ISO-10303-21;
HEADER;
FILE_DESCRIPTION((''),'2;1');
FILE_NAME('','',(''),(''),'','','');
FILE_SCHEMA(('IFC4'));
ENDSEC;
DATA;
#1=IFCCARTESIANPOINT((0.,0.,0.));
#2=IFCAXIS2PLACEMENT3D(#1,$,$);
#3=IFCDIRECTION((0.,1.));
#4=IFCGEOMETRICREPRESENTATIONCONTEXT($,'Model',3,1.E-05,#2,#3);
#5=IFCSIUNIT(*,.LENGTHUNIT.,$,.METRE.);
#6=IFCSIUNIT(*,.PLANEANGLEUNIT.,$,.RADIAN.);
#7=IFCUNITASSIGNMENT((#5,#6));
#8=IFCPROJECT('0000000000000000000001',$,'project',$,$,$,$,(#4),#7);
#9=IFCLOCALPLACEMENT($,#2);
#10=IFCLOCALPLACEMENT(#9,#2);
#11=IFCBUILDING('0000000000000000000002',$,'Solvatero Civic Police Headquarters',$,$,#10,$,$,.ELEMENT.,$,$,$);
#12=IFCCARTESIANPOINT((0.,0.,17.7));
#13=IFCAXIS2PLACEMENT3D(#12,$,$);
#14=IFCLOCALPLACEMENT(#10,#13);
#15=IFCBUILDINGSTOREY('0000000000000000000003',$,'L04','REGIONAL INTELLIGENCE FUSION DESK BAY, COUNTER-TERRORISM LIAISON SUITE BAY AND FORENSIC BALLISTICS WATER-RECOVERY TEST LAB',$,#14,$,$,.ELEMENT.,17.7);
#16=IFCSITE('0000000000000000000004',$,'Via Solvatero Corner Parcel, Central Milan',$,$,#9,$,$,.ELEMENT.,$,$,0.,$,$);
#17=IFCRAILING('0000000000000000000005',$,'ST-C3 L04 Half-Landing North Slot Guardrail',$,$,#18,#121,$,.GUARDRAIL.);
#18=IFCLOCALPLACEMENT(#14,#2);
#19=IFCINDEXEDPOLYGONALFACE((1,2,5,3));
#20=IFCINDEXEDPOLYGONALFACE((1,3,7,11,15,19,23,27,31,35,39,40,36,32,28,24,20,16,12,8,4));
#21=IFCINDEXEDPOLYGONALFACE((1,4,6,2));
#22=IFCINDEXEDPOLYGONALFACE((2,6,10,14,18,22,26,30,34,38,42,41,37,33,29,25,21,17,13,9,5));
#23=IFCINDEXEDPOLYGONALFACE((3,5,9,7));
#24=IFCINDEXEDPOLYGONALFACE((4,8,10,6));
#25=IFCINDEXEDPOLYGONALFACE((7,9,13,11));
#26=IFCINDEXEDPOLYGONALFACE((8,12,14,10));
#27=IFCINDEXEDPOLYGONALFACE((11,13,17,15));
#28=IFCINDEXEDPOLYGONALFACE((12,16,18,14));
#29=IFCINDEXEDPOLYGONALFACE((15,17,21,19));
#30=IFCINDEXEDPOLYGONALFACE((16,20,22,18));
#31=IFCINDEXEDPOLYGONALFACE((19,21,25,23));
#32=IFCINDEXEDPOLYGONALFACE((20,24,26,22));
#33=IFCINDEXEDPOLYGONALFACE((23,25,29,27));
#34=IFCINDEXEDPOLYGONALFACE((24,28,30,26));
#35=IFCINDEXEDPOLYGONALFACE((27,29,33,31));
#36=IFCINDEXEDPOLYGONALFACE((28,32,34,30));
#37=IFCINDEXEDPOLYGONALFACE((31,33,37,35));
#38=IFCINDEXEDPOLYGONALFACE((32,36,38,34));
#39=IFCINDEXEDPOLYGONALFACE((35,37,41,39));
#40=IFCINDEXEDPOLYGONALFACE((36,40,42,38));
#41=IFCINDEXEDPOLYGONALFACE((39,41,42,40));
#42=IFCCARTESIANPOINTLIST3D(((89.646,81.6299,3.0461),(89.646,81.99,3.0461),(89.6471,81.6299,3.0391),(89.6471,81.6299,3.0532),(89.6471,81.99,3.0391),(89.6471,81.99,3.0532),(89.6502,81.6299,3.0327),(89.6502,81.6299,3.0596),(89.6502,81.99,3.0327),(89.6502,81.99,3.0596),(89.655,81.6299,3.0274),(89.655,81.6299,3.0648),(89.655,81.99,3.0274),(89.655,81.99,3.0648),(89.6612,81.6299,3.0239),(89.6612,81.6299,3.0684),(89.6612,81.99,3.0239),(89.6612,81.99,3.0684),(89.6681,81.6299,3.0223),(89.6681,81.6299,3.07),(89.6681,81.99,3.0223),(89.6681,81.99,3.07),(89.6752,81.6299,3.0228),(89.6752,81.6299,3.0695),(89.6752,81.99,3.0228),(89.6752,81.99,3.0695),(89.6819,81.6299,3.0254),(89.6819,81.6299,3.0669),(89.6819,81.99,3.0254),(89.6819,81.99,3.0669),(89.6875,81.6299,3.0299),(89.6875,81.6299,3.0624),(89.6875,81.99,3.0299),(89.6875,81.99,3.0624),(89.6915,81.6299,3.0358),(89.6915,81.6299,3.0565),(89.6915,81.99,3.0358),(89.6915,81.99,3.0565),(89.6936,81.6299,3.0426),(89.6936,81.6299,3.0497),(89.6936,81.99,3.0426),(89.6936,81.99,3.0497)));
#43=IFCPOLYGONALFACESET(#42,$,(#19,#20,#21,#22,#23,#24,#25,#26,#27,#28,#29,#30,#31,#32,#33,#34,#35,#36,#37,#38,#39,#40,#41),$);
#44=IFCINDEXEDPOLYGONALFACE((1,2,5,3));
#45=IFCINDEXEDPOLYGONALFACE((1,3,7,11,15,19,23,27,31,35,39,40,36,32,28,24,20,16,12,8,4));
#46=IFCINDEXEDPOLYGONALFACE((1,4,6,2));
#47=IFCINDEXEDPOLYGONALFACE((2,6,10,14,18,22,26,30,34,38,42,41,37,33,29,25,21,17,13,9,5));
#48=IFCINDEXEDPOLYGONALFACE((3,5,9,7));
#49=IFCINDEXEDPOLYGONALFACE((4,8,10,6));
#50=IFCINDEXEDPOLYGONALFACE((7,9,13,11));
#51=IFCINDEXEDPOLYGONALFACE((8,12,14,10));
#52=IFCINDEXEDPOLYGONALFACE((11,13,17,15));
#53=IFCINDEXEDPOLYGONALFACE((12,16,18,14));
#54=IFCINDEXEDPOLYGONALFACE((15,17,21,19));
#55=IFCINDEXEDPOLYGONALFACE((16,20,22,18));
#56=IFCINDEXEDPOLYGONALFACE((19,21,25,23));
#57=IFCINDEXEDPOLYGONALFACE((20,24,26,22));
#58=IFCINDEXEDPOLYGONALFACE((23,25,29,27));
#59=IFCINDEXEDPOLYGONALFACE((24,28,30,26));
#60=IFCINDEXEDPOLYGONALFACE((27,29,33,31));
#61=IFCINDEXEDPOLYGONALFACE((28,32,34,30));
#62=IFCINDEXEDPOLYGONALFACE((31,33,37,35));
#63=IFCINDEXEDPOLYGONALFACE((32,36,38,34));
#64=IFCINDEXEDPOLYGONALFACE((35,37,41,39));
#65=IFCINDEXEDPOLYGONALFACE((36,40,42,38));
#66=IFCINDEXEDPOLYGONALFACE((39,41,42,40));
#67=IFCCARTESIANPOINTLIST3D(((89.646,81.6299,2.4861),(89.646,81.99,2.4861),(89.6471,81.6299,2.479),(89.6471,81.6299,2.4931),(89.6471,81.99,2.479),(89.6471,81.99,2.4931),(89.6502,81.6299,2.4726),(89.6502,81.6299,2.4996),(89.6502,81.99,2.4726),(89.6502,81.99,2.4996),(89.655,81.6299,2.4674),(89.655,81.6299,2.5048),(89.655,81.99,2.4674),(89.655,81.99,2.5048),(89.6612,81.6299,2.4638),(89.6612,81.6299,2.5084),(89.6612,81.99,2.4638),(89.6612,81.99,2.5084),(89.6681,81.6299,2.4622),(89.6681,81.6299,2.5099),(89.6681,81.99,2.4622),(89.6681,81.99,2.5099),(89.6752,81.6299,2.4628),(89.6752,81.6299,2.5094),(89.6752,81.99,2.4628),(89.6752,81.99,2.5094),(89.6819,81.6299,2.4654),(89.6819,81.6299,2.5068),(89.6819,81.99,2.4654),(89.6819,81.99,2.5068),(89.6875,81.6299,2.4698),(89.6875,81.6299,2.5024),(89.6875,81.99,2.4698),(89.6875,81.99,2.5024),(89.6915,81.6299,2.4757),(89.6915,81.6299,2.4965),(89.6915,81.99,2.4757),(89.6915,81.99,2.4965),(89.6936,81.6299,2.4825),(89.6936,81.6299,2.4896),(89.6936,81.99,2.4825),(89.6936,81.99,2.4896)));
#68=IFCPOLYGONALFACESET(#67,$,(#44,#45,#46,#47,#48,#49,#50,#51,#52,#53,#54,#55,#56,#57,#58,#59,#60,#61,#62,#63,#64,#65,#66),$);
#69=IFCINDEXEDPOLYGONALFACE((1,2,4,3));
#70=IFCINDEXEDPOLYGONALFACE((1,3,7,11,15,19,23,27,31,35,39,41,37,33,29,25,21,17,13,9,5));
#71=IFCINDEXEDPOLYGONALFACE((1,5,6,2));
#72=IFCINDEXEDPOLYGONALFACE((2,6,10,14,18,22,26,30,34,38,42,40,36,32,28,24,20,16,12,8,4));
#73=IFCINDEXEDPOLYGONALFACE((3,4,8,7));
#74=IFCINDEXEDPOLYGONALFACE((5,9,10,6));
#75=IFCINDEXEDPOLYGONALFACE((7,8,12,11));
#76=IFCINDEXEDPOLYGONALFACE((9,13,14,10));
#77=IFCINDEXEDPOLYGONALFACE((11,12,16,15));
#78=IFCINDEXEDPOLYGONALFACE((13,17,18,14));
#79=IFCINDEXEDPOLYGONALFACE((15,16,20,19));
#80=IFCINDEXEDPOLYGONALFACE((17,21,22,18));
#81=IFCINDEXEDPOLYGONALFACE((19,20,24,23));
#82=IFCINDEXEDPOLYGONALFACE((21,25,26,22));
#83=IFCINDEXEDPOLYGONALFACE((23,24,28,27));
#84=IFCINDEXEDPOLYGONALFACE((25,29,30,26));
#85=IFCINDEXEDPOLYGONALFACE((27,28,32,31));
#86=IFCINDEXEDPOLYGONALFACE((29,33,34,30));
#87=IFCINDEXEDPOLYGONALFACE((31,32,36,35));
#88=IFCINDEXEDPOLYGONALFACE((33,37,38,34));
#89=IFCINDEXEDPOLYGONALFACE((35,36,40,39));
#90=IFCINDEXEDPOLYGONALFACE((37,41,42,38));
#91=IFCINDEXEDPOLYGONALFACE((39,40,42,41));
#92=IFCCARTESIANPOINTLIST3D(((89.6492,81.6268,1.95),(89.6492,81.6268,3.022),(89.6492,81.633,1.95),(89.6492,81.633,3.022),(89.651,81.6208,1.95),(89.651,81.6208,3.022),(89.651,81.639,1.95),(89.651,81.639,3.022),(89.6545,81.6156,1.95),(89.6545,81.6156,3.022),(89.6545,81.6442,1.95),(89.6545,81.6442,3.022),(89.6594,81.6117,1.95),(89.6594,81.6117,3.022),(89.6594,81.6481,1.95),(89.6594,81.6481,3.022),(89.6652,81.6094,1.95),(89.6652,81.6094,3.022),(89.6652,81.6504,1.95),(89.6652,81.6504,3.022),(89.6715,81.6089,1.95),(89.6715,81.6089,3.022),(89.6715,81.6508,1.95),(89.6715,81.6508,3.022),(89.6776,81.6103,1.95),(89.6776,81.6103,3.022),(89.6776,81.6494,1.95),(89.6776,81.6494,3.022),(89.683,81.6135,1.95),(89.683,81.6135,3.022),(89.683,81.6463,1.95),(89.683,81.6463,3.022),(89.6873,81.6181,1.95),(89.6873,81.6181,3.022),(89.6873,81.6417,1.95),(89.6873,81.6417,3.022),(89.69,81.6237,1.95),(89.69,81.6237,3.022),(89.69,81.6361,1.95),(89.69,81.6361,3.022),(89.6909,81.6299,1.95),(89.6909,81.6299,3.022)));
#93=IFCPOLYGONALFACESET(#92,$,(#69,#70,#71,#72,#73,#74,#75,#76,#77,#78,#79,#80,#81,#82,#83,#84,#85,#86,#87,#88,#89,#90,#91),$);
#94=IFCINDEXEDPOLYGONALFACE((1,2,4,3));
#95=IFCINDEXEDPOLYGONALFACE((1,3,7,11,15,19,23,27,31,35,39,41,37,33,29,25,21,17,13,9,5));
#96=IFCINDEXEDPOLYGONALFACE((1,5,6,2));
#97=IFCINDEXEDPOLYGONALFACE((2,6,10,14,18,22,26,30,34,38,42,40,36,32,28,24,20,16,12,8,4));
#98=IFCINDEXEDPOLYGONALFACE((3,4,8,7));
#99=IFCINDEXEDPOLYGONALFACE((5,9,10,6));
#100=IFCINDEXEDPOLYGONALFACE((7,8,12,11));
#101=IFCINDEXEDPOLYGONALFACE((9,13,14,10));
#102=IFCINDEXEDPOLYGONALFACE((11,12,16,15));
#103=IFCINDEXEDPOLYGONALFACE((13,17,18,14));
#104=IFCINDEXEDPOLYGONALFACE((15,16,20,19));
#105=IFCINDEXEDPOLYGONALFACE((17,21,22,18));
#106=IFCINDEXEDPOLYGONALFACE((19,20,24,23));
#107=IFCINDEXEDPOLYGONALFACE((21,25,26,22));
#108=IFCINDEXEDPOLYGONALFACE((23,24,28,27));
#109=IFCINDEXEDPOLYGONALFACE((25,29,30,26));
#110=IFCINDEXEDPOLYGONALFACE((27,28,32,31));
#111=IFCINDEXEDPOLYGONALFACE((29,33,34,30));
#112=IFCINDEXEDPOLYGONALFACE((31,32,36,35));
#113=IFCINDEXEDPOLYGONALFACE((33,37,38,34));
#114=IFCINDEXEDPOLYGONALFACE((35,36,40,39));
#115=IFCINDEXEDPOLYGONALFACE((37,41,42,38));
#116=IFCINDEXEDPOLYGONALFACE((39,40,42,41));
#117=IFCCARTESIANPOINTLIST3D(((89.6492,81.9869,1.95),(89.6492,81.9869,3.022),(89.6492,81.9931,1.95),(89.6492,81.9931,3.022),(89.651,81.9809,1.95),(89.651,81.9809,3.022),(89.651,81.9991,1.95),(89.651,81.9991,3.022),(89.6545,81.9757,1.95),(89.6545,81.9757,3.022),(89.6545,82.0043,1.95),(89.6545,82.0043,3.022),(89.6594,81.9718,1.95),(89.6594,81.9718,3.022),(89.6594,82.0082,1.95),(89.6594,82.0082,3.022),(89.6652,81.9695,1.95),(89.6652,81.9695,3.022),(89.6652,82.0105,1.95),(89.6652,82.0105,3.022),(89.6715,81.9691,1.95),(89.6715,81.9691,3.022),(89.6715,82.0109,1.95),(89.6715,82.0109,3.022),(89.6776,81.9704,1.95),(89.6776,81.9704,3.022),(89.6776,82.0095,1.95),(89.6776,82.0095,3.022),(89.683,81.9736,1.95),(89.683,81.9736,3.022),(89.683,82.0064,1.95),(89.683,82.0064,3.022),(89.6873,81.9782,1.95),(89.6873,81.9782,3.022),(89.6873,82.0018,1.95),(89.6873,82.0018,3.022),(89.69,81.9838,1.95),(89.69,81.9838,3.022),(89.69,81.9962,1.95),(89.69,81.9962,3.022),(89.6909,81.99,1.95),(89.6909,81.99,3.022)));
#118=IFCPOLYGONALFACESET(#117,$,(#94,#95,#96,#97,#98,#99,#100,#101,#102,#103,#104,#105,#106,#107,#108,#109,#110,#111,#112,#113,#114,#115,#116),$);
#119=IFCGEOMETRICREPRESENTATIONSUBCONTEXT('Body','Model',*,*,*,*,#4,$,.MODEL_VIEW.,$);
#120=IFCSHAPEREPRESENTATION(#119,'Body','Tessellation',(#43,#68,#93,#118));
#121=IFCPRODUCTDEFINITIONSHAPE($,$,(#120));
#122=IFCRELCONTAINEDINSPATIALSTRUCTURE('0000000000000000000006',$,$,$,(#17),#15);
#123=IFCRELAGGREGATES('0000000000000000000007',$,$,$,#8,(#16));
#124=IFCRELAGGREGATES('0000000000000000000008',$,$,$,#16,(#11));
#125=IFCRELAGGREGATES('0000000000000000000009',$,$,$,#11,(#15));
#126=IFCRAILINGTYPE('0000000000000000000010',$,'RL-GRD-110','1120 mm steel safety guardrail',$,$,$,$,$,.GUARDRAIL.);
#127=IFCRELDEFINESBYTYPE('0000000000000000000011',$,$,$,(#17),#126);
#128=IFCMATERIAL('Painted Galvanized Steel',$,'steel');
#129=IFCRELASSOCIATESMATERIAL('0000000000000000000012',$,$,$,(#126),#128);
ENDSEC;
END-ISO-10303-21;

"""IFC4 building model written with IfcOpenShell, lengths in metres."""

from ifc_helpers import new_model, si_unit, direction, frame, origin, origin_2d, place, context, subcontext, project, spatial, circle, extrude, material, type_object, element, save


model = new_model("IFC4")

# Units and contexts
model_context = context("Model", 3, precision=1e-05, world=origin(), true_north=direction((0.0, 1.0)))
body_context = subcontext(model_context, "Body", "Model", "MODEL_VIEW")
ifc_project = project(units=[si_unit("LENGTHUNIT", "METRE"), si_unit("PLANEANGLEUNIT", "RADIAN")], contexts=[model_context])

# Site, building, storey
site_placement = place(None, origin())
site = spatial("IfcSite", under=ifc_project, at=site_placement, Name="Via Solvatero Corner Parcel, Central Milan", CompositionType="ELEMENT", RefElevation=0.0)
building_placement = place(site_placement, origin())
building = spatial("IfcBuilding", under=site, at=building_placement, Name="Solvatero Civic Police Headquarters", CompositionType="ELEMENT")
storey_placement = place(building_placement, frame((0.0, 0.0, 17.7)))
storey = spatial("IfcBuildingStorey", under=building, at=storey_placement, Name="L04", Description="REGIONAL INTELLIGENCE FUSION DESK BAY, COUNTER-TERRORISM LIAISON SUITE BAY AND FORENSIC BALLISTICS WATER-RECOVERY TEST LAB", CompositionType="ELEMENT", Elevation=17.7)

# Railing
ifc_material_1 = material(Name="Painted Galvanized Steel", Category="steel")
railing_type_1 = type_object("IfcRailingType", Name="RL-GRD-110", Description="1120 mm steel safety guardrail", PredefinedType="GUARDRAIL", material=ifc_material_1)
railing_1_placement = place(storey_placement, frame((89.6699, 81.6299, 1.95)))
element("IfcRailing", 1, at=railing_1_placement, inside=storey, type_object=railing_type_1, Name="ST-C3 L04 Half-Landing North Slot Guardrail", PredefinedType="GUARDRAIL", context=body_context, shape_type="SweptSolid", body=[
    extrude(circle(Radius=0.0239, at=origin_2d()), frame((0.0, 0.0, 1.0962), z_axis=(0.0, 1.0, 0.0), x_axis=(-1.0, 0.0, 0.0)), (0.0, 0.0, 1.0), 0.3601),
    extrude(circle(Radius=0.0239, at=origin_2d()), frame((0.0, 0.0, 0.5361), z_axis=(0.0, 1.0, 0.0), x_axis=(-1.0, 0.0, 0.0)), (0.0, 0.0, 1.0), 0.3601),
    extrude(circle(Radius=0.021, at=origin_2d()), origin(), (0.0, 0.0, 1.0), 1.072),
    extrude(circle(Radius=0.021, at=origin_2d()), frame((0.0, 0.3601, 0.0)), (0.0, 0.0, 1.0), 1.072),
])

save(model, "model.ifc")
